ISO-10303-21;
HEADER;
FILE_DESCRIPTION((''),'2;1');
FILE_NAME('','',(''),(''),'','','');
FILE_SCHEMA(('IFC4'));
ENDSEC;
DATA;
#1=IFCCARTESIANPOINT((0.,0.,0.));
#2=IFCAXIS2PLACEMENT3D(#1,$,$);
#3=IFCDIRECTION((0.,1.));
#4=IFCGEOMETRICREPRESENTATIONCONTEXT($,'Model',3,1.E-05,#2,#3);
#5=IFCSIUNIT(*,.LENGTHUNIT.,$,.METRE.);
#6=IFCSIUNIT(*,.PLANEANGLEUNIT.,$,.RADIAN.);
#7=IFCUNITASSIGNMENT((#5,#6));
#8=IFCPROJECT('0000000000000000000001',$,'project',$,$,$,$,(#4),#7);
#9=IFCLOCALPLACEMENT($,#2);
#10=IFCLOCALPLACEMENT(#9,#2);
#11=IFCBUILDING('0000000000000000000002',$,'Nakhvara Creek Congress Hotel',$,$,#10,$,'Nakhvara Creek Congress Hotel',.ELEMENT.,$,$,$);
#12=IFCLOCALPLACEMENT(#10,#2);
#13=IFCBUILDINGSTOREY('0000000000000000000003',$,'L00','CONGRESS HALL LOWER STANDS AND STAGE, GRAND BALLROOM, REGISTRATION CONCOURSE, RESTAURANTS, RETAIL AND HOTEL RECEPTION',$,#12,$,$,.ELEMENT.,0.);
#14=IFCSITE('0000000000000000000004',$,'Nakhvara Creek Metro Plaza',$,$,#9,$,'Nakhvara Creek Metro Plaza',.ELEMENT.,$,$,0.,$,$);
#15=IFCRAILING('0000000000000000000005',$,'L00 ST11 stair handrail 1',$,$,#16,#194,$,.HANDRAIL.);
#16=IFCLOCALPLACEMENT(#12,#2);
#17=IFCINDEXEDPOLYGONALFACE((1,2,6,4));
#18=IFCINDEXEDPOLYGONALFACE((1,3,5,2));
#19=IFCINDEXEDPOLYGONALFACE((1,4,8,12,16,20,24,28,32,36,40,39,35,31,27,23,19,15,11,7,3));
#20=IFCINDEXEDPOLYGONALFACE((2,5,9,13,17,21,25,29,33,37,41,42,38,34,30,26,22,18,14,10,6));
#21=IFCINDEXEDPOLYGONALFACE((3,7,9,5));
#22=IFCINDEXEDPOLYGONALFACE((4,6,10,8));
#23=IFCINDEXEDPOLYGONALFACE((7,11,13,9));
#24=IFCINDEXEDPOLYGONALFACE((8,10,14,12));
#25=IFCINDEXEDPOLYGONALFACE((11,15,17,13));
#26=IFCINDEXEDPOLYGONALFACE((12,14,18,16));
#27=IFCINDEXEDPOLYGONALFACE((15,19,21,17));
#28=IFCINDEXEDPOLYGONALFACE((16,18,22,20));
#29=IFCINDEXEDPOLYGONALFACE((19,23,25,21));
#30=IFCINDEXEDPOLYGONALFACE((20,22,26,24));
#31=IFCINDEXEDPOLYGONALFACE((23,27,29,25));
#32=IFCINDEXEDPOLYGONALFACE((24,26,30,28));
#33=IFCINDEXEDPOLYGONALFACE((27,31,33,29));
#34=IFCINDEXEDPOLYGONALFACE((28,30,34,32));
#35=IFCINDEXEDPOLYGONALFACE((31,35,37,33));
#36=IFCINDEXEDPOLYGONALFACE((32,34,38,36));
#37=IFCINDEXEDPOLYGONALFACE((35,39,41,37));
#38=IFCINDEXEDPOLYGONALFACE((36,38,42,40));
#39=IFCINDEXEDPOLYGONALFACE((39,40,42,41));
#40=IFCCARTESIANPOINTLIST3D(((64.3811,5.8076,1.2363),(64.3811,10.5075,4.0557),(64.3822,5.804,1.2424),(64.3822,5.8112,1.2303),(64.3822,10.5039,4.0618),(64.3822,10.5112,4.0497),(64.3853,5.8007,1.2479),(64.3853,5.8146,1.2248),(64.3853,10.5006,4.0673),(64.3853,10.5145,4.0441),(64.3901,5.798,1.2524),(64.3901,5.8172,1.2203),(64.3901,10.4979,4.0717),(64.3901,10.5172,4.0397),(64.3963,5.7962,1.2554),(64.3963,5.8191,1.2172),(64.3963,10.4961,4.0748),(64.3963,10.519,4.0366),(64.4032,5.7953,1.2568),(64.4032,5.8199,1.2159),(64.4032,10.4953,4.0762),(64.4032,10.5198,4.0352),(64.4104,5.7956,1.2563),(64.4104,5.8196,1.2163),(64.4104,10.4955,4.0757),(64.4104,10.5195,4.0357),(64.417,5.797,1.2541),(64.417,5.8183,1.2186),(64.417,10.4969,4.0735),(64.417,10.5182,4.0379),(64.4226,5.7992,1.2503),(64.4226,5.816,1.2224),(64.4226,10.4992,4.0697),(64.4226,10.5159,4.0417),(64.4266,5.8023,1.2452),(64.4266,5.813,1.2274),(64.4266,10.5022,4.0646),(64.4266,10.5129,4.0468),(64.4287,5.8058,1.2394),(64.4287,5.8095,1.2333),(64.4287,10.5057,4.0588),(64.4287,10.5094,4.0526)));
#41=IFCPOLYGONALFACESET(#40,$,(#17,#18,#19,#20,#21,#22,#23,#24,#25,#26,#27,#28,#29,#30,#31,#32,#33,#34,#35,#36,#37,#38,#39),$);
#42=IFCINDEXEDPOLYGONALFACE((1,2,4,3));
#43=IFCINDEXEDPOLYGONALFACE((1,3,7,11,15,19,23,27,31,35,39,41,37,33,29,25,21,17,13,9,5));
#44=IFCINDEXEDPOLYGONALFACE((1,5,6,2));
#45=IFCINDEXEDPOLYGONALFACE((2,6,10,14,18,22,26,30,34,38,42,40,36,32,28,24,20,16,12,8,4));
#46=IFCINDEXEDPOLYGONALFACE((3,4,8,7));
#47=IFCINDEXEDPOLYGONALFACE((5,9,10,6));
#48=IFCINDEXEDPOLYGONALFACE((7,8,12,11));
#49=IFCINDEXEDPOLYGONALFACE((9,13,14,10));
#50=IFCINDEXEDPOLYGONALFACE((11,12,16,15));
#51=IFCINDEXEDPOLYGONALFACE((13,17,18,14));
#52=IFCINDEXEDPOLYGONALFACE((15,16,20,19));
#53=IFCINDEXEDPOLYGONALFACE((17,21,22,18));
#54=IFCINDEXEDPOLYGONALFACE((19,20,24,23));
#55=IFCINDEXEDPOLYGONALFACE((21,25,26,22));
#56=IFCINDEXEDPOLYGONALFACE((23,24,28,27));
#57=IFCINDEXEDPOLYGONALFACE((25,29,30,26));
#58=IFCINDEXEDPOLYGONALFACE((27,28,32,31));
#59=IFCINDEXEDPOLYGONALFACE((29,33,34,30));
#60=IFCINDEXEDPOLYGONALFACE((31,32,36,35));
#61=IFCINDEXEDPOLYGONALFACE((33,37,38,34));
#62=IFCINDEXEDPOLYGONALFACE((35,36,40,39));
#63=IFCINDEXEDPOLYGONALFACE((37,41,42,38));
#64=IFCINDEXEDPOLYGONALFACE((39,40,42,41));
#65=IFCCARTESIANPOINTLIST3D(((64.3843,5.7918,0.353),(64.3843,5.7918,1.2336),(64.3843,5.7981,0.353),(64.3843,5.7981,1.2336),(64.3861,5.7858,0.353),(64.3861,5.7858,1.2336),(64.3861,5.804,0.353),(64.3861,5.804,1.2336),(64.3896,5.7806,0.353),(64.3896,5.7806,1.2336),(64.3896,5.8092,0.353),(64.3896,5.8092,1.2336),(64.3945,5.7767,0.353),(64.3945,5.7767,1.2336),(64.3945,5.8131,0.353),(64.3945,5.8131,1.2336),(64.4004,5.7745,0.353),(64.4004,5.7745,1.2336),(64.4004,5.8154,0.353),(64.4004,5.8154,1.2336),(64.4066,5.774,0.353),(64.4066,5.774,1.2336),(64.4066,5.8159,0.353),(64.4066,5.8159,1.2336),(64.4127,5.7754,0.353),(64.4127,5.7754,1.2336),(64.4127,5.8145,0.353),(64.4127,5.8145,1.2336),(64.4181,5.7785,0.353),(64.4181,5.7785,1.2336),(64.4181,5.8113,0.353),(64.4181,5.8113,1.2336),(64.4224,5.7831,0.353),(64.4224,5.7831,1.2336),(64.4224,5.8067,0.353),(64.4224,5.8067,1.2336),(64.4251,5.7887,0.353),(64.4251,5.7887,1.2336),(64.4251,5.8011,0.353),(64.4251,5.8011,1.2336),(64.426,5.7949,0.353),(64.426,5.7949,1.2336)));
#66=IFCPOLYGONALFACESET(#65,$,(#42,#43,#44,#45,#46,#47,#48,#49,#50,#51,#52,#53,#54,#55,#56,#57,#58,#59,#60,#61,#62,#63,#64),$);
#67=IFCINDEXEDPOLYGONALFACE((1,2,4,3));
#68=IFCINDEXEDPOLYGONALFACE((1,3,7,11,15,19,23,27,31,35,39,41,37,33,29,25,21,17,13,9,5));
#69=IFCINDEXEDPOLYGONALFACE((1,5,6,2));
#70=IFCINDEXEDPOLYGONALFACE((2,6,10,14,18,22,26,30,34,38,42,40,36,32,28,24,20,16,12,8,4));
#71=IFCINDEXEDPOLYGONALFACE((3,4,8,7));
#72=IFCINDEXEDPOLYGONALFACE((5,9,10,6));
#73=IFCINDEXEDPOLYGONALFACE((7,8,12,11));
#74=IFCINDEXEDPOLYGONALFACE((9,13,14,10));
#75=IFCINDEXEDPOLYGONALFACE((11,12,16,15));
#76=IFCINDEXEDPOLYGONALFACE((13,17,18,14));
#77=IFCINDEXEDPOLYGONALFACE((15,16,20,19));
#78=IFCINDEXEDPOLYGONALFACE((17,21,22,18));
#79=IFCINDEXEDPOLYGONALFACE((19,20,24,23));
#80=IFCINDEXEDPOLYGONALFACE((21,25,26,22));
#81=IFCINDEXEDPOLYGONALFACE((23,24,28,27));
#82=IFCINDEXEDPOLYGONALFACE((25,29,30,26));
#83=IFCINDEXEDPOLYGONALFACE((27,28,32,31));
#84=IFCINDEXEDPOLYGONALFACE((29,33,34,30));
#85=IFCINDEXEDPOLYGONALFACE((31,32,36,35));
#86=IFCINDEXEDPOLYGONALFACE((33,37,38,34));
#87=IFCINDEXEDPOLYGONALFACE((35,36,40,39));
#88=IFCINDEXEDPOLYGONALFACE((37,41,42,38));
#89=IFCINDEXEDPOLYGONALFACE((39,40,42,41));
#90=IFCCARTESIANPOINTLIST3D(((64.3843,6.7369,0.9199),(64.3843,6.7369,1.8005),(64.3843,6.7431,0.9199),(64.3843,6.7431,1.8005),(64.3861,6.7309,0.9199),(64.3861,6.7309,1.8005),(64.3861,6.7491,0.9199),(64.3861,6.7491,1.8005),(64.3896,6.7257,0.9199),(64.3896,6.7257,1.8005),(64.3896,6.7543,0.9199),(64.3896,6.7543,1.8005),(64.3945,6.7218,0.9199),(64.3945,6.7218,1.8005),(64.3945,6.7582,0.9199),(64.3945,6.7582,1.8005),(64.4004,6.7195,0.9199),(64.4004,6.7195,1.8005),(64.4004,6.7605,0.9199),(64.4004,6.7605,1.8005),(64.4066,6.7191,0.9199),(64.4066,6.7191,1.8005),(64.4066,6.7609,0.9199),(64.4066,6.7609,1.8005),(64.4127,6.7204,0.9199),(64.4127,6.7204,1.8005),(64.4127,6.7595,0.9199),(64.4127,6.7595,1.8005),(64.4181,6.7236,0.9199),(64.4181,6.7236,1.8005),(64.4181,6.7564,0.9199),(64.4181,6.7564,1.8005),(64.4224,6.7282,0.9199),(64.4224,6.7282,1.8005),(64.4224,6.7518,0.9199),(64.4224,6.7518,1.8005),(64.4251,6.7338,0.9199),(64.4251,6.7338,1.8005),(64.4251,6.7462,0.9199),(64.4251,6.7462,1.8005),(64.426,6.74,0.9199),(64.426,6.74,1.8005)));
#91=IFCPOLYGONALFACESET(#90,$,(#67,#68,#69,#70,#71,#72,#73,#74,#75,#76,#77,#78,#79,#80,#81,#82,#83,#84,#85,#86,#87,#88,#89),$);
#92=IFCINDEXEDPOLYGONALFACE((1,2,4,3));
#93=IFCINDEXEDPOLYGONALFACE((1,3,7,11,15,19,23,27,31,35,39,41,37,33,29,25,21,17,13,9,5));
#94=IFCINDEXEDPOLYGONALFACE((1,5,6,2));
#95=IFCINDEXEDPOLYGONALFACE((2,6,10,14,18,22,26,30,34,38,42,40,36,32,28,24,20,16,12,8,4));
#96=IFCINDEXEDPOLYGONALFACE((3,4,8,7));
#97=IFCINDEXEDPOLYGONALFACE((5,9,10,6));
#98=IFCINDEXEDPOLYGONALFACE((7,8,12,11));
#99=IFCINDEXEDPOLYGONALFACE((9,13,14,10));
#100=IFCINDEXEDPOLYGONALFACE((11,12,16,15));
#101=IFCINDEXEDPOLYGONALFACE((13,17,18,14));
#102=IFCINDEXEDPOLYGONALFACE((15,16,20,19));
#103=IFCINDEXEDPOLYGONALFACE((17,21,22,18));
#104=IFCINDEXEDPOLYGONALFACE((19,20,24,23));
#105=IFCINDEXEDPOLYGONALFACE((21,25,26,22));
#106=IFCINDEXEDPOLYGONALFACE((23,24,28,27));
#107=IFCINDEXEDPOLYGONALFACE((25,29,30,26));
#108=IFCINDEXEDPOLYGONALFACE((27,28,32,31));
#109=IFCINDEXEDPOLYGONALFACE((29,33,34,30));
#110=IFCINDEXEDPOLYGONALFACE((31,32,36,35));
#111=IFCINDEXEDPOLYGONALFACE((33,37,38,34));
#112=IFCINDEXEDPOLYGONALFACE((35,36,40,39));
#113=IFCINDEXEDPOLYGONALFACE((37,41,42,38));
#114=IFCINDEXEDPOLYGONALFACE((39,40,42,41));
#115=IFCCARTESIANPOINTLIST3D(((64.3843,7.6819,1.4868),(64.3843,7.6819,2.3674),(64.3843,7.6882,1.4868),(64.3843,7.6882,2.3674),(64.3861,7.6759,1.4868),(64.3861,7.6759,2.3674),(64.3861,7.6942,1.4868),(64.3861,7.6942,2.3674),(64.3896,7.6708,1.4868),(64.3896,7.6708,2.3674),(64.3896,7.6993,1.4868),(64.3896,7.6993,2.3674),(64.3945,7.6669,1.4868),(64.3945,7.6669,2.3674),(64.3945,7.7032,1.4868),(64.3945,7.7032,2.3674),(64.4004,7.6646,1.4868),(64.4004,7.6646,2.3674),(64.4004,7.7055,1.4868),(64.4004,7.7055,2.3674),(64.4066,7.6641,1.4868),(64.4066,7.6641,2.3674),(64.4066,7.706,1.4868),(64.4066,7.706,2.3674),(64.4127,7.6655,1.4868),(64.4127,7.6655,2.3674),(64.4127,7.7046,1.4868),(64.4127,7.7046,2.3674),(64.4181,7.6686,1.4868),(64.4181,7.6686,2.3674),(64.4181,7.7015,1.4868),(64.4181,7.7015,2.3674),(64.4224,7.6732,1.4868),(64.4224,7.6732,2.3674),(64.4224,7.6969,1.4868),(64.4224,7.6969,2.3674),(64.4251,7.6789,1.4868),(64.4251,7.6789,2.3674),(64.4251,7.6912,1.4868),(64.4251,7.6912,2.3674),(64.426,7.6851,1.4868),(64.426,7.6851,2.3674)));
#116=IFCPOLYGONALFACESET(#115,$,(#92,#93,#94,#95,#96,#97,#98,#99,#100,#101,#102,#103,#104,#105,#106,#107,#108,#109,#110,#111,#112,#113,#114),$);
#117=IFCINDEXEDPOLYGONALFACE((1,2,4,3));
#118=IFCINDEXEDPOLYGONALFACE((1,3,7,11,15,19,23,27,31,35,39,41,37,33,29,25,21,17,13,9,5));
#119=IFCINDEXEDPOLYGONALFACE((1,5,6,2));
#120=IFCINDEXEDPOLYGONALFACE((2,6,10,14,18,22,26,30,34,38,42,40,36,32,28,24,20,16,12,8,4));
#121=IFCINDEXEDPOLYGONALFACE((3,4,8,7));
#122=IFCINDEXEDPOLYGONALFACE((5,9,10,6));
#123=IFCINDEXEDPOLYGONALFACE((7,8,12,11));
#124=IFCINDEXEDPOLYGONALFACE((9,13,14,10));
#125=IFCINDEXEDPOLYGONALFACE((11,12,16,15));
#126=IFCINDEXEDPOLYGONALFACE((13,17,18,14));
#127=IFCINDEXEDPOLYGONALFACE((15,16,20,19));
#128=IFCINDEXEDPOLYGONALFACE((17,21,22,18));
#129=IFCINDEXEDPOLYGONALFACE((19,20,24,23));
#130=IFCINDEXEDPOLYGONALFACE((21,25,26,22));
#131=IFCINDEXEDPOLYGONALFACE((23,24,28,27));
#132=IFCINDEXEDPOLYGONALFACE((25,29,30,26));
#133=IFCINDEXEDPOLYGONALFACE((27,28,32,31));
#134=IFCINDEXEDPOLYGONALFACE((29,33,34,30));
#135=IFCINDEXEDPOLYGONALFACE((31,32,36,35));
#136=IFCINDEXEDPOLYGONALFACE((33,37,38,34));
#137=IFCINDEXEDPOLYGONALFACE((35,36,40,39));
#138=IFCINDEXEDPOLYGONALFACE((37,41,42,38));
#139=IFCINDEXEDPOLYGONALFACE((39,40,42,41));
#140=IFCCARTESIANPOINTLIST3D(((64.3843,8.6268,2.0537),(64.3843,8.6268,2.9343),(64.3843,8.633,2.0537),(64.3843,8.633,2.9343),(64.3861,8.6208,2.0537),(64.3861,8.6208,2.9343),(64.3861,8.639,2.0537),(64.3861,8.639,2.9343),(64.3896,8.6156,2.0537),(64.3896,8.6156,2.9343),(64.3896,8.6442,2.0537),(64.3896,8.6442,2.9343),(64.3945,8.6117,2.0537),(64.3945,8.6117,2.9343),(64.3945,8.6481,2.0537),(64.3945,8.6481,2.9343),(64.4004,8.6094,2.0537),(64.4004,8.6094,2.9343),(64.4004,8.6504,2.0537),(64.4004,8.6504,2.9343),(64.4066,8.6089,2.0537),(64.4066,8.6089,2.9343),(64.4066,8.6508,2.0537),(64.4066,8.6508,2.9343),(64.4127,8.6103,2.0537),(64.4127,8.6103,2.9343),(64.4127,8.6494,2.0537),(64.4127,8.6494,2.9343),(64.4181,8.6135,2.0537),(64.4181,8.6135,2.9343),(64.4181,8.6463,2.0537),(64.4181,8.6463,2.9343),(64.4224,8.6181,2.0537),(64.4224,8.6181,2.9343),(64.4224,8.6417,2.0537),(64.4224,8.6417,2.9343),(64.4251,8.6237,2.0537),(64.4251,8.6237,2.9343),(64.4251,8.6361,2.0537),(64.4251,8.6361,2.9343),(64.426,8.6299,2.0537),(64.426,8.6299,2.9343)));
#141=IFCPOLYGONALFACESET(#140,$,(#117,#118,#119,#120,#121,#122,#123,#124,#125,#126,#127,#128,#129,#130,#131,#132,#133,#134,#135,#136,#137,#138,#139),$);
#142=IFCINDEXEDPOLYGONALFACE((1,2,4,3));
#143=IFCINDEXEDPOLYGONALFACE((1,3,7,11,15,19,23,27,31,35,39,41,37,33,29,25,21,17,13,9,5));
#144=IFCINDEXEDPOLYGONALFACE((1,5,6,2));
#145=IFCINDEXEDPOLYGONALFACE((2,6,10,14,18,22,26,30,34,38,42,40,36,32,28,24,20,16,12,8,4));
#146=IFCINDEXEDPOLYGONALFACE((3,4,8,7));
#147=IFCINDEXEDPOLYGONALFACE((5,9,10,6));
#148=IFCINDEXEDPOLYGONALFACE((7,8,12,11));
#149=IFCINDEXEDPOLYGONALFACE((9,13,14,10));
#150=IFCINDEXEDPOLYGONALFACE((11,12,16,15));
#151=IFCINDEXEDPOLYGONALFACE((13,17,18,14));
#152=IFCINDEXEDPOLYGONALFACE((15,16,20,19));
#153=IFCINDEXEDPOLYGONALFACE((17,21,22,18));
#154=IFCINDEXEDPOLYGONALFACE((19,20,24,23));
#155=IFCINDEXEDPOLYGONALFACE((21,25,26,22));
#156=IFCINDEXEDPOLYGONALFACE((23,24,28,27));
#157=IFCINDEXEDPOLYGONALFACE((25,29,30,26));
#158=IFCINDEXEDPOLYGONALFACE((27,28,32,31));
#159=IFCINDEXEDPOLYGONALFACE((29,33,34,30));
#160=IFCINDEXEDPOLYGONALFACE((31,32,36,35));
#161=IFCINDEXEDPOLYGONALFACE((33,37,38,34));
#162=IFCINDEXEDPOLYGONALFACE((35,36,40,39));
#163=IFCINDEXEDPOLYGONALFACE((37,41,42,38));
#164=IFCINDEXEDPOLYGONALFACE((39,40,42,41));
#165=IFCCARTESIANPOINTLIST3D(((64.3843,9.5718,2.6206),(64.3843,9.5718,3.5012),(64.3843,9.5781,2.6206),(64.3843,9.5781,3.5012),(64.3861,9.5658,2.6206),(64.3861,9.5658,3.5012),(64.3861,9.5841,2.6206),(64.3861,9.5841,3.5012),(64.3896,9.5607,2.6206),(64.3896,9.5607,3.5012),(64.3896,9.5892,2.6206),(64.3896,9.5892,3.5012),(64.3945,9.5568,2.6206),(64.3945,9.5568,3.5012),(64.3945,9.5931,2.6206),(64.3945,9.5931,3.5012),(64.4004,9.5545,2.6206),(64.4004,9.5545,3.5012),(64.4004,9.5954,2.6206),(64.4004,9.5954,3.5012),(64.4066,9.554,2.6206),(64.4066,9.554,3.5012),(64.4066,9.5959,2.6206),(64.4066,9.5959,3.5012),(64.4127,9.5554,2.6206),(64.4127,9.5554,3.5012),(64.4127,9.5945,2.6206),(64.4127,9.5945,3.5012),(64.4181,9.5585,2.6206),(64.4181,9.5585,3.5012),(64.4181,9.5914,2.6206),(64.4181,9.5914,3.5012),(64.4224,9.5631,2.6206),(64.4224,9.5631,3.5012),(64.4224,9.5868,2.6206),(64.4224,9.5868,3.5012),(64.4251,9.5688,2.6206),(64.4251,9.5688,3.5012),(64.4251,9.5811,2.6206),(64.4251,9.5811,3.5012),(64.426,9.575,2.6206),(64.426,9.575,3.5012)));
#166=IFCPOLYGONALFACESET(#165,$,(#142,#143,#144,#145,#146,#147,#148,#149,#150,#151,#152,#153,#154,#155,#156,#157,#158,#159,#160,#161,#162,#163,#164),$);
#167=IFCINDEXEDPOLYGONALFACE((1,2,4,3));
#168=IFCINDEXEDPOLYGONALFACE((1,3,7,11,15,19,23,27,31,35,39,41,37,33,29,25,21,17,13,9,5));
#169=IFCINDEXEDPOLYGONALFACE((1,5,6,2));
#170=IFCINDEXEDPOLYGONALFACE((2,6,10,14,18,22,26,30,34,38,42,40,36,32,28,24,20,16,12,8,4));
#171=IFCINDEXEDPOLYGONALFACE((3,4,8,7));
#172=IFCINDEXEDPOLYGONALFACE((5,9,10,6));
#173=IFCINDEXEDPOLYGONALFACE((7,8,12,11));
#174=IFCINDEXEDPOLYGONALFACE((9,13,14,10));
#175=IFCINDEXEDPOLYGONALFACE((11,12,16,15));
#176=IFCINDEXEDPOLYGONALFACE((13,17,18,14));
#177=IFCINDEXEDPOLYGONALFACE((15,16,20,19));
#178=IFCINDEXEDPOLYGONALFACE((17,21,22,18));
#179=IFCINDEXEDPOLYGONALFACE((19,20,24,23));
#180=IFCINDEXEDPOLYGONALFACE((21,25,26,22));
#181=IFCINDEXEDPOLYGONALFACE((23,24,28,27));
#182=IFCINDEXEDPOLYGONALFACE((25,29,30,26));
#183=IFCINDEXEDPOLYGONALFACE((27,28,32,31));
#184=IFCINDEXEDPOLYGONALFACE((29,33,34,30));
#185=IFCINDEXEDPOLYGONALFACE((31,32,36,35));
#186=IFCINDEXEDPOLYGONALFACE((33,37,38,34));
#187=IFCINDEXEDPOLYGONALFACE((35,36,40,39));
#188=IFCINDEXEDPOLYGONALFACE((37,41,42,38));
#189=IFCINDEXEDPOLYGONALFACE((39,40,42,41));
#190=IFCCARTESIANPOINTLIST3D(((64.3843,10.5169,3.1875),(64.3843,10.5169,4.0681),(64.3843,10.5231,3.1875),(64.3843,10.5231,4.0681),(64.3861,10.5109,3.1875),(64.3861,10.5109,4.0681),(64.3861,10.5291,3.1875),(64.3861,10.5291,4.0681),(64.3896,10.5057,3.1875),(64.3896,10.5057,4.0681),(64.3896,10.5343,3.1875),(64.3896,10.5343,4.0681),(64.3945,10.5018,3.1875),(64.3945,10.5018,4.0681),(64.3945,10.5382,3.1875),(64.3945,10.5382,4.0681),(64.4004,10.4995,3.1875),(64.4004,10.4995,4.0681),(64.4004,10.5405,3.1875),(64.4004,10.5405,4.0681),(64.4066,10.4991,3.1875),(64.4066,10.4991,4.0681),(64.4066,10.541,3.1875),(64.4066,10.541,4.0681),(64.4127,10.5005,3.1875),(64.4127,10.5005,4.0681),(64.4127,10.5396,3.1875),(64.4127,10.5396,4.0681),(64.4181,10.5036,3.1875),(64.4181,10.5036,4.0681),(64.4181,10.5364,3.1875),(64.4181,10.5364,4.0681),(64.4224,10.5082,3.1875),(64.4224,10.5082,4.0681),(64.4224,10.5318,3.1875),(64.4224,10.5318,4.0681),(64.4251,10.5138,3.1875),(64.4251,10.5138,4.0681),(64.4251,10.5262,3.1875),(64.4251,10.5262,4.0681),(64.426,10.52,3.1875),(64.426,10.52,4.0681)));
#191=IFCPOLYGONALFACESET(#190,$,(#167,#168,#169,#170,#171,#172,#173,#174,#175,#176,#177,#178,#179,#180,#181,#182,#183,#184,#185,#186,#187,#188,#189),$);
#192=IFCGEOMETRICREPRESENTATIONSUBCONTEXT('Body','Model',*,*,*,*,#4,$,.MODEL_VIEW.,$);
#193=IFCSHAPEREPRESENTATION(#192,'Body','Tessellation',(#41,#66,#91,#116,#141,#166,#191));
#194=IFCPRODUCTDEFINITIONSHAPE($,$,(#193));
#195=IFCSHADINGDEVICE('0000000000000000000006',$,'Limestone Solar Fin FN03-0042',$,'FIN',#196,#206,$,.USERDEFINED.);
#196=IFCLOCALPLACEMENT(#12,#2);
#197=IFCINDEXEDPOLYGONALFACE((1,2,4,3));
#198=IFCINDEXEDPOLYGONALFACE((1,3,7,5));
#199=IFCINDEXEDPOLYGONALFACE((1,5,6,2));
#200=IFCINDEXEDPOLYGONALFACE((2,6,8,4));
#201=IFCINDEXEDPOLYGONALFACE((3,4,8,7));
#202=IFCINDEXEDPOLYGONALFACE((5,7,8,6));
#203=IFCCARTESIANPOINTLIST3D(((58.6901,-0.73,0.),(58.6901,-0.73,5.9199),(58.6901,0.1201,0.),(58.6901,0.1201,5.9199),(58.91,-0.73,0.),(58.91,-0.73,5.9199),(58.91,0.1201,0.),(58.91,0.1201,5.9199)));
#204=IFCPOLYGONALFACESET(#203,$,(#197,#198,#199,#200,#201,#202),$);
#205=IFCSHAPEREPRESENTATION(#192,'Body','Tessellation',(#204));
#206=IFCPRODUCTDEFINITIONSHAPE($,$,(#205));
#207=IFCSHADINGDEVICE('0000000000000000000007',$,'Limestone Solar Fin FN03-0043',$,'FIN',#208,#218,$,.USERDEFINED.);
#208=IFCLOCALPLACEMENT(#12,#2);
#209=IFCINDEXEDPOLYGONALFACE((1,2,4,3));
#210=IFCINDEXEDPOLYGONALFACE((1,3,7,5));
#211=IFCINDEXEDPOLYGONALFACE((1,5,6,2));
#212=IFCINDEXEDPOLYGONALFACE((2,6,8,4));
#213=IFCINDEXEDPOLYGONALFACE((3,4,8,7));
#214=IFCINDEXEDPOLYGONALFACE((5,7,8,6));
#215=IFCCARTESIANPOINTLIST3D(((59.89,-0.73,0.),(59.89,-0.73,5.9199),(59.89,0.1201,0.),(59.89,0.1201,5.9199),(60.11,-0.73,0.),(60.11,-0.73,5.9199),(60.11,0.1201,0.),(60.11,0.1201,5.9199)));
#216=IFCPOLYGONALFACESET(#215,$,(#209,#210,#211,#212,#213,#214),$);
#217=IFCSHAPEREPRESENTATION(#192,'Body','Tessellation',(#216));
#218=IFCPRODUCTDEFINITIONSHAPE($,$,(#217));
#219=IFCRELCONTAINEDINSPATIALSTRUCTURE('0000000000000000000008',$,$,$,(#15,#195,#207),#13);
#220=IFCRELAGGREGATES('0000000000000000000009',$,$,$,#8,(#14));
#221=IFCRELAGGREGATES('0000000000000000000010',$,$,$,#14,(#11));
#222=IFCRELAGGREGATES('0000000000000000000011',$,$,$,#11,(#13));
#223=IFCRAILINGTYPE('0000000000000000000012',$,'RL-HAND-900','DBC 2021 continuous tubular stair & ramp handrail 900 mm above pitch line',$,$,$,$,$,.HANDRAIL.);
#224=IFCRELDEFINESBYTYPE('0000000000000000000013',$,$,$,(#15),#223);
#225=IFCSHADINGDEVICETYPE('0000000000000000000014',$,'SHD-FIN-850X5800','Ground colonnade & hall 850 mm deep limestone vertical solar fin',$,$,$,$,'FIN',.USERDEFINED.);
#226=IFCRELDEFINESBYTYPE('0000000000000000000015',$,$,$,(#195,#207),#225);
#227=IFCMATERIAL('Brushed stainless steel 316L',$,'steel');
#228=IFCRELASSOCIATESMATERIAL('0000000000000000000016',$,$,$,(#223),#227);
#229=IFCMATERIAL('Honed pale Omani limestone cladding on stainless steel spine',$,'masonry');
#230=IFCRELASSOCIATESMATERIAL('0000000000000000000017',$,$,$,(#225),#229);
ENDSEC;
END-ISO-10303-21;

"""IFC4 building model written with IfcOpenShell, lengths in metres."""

from ifc_helpers import new_model, si_unit, direction, frame, origin, origin_2d, place, context, subcontext, project, spatial, rectangle, circle, extrude, material, type_object, element, save


model = new_model("IFC4")

# Units and contexts
model_context = context("Model", 3, precision=1e-05, world=origin(), true_north=direction((0.0, 1.0)))
body_context = subcontext(model_context, "Body", "Model", "MODEL_VIEW")
ifc_project = project(units=[si_unit("LENGTHUNIT", "METRE"), si_unit("PLANEANGLEUNIT", "RADIAN")], contexts=[model_context])

# Site, building, storey
site_placement = place(None, origin())
site = spatial("IfcSite", under=ifc_project, at=site_placement, Name="Nakhvara Creek Metro Plaza", LongName="Nakhvara Creek Metro Plaza", CompositionType="ELEMENT", RefElevation=0.0)
building_placement = place(site_placement, origin())
building = spatial("IfcBuilding", under=site, at=building_placement, Name="Nakhvara Creek Congress Hotel", LongName="Nakhvara Creek Congress Hotel", CompositionType="ELEMENT")
storey_placement = place(building_placement, origin())
storey = spatial("IfcBuildingStorey", under=building, at=storey_placement, Name="L00", Description="CONGRESS HALL LOWER STANDS AND STAGE, GRAND BALLROOM, REGISTRATION CONCOURSE, RESTAURANTS, RETAIL AND HOTEL RECEPTION", CompositionType="ELEMENT", Elevation=0.0)

# Railing
ifc_material_1 = material(Name="Brushed stainless steel 316L", Category="steel")
railing_type_1 = type_object("IfcRailingType", Name="RL-HAND-900", Description="DBC 2021 continuous tubular stair & ramp handrail 900 mm above pitch line", PredefinedType="HANDRAIL", material=ifc_material_1)
railing_1_placement = place(storey_placement, frame((64.405, 5.7949, 0.353)))
element("IfcRailing", 1, at=railing_1_placement, inside=storey, type_object=railing_type_1, Name="L00 ST11 stair handrail 1", PredefinedType="HANDRAIL", context=body_context, shape_type="SweptSolid", body=[
    extrude(circle(Radius=0.0239, at=origin_2d()), frame((0.0, 0.0127, 0.8833), z_axis=(0.0, 0.85754, 0.514418), x_axis=(-1.0, 0.0, 0.0)), (0.0, 0.0, 1.0), 5.4807),
    extrude(circle(Radius=0.021, at=origin_2d()), origin(), (0.0, 0.0, 1.0), 0.8806),
    extrude(circle(Radius=0.021, at=origin_2d()), frame((0.0, 0.9451, 0.5669)), (0.0, 0.0, 1.0), 0.8806),
    extrude(circle(Radius=0.021, at=origin_2d()), frame((0.0, 1.8901, 1.1338)), (0.0, 0.0, 1.0), 0.8806),
    extrude(circle(Radius=0.021, at=origin_2d()), frame((0.0, 2.835, 1.7007)), (0.0, 0.0, 1.0), 0.8806),
    extrude(circle(Radius=0.021, at=origin_2d()), frame((0.0, 3.78, 2.2676)), (0.0, 0.0, 1.0), 0.8806),
    extrude(circle(Radius=0.021, at=origin_2d()), frame((0.0, 4.7251, 2.8345)), (0.0, 0.0, 1.0), 0.8806),
])

# Shading devices
ifc_material_2 = material(Name="Honed pale Omani limestone cladding on stainless steel spine", Category="masonry")
shading_device_type = type_object("IfcShadingDeviceType", Name="SHD-FIN-850X5800", Description="Ground colonnade & hall 850 mm deep limestone vertical solar fin", ElementType="FIN", PredefinedType="USERDEFINED", material=ifc_material_2)
for number, where, z_axis, x_axis, name in (
    (2, (58.8, -0.3049, 0.0), (0.0, 0.0, 1.0), (1.0, 0.0, 0.0), "Limestone Solar Fin FN03-0042"),
    (3, (60.0, -0.3049, 0.0), (0.0, 0.0, 1.0), (1.0, 0.0, 0.0), "Limestone Solar Fin FN03-0043"),
):
    element("IfcShadingDevice", number, at=place(storey_placement, frame(where, z_axis=z_axis, x_axis=x_axis)), inside=storey, type_object=shading_device_type, Name=name, ObjectType="FIN", PredefinedType="USERDEFINED", context=body_context, shape_type="SweptSolid", body=[
        extrude(rectangle(XDim=0.22, YDim=0.8501, at=origin_2d()), origin(), (0.0, 0.0, 1.0), 5.9199),
    ])

save(model, "model.ifc")
